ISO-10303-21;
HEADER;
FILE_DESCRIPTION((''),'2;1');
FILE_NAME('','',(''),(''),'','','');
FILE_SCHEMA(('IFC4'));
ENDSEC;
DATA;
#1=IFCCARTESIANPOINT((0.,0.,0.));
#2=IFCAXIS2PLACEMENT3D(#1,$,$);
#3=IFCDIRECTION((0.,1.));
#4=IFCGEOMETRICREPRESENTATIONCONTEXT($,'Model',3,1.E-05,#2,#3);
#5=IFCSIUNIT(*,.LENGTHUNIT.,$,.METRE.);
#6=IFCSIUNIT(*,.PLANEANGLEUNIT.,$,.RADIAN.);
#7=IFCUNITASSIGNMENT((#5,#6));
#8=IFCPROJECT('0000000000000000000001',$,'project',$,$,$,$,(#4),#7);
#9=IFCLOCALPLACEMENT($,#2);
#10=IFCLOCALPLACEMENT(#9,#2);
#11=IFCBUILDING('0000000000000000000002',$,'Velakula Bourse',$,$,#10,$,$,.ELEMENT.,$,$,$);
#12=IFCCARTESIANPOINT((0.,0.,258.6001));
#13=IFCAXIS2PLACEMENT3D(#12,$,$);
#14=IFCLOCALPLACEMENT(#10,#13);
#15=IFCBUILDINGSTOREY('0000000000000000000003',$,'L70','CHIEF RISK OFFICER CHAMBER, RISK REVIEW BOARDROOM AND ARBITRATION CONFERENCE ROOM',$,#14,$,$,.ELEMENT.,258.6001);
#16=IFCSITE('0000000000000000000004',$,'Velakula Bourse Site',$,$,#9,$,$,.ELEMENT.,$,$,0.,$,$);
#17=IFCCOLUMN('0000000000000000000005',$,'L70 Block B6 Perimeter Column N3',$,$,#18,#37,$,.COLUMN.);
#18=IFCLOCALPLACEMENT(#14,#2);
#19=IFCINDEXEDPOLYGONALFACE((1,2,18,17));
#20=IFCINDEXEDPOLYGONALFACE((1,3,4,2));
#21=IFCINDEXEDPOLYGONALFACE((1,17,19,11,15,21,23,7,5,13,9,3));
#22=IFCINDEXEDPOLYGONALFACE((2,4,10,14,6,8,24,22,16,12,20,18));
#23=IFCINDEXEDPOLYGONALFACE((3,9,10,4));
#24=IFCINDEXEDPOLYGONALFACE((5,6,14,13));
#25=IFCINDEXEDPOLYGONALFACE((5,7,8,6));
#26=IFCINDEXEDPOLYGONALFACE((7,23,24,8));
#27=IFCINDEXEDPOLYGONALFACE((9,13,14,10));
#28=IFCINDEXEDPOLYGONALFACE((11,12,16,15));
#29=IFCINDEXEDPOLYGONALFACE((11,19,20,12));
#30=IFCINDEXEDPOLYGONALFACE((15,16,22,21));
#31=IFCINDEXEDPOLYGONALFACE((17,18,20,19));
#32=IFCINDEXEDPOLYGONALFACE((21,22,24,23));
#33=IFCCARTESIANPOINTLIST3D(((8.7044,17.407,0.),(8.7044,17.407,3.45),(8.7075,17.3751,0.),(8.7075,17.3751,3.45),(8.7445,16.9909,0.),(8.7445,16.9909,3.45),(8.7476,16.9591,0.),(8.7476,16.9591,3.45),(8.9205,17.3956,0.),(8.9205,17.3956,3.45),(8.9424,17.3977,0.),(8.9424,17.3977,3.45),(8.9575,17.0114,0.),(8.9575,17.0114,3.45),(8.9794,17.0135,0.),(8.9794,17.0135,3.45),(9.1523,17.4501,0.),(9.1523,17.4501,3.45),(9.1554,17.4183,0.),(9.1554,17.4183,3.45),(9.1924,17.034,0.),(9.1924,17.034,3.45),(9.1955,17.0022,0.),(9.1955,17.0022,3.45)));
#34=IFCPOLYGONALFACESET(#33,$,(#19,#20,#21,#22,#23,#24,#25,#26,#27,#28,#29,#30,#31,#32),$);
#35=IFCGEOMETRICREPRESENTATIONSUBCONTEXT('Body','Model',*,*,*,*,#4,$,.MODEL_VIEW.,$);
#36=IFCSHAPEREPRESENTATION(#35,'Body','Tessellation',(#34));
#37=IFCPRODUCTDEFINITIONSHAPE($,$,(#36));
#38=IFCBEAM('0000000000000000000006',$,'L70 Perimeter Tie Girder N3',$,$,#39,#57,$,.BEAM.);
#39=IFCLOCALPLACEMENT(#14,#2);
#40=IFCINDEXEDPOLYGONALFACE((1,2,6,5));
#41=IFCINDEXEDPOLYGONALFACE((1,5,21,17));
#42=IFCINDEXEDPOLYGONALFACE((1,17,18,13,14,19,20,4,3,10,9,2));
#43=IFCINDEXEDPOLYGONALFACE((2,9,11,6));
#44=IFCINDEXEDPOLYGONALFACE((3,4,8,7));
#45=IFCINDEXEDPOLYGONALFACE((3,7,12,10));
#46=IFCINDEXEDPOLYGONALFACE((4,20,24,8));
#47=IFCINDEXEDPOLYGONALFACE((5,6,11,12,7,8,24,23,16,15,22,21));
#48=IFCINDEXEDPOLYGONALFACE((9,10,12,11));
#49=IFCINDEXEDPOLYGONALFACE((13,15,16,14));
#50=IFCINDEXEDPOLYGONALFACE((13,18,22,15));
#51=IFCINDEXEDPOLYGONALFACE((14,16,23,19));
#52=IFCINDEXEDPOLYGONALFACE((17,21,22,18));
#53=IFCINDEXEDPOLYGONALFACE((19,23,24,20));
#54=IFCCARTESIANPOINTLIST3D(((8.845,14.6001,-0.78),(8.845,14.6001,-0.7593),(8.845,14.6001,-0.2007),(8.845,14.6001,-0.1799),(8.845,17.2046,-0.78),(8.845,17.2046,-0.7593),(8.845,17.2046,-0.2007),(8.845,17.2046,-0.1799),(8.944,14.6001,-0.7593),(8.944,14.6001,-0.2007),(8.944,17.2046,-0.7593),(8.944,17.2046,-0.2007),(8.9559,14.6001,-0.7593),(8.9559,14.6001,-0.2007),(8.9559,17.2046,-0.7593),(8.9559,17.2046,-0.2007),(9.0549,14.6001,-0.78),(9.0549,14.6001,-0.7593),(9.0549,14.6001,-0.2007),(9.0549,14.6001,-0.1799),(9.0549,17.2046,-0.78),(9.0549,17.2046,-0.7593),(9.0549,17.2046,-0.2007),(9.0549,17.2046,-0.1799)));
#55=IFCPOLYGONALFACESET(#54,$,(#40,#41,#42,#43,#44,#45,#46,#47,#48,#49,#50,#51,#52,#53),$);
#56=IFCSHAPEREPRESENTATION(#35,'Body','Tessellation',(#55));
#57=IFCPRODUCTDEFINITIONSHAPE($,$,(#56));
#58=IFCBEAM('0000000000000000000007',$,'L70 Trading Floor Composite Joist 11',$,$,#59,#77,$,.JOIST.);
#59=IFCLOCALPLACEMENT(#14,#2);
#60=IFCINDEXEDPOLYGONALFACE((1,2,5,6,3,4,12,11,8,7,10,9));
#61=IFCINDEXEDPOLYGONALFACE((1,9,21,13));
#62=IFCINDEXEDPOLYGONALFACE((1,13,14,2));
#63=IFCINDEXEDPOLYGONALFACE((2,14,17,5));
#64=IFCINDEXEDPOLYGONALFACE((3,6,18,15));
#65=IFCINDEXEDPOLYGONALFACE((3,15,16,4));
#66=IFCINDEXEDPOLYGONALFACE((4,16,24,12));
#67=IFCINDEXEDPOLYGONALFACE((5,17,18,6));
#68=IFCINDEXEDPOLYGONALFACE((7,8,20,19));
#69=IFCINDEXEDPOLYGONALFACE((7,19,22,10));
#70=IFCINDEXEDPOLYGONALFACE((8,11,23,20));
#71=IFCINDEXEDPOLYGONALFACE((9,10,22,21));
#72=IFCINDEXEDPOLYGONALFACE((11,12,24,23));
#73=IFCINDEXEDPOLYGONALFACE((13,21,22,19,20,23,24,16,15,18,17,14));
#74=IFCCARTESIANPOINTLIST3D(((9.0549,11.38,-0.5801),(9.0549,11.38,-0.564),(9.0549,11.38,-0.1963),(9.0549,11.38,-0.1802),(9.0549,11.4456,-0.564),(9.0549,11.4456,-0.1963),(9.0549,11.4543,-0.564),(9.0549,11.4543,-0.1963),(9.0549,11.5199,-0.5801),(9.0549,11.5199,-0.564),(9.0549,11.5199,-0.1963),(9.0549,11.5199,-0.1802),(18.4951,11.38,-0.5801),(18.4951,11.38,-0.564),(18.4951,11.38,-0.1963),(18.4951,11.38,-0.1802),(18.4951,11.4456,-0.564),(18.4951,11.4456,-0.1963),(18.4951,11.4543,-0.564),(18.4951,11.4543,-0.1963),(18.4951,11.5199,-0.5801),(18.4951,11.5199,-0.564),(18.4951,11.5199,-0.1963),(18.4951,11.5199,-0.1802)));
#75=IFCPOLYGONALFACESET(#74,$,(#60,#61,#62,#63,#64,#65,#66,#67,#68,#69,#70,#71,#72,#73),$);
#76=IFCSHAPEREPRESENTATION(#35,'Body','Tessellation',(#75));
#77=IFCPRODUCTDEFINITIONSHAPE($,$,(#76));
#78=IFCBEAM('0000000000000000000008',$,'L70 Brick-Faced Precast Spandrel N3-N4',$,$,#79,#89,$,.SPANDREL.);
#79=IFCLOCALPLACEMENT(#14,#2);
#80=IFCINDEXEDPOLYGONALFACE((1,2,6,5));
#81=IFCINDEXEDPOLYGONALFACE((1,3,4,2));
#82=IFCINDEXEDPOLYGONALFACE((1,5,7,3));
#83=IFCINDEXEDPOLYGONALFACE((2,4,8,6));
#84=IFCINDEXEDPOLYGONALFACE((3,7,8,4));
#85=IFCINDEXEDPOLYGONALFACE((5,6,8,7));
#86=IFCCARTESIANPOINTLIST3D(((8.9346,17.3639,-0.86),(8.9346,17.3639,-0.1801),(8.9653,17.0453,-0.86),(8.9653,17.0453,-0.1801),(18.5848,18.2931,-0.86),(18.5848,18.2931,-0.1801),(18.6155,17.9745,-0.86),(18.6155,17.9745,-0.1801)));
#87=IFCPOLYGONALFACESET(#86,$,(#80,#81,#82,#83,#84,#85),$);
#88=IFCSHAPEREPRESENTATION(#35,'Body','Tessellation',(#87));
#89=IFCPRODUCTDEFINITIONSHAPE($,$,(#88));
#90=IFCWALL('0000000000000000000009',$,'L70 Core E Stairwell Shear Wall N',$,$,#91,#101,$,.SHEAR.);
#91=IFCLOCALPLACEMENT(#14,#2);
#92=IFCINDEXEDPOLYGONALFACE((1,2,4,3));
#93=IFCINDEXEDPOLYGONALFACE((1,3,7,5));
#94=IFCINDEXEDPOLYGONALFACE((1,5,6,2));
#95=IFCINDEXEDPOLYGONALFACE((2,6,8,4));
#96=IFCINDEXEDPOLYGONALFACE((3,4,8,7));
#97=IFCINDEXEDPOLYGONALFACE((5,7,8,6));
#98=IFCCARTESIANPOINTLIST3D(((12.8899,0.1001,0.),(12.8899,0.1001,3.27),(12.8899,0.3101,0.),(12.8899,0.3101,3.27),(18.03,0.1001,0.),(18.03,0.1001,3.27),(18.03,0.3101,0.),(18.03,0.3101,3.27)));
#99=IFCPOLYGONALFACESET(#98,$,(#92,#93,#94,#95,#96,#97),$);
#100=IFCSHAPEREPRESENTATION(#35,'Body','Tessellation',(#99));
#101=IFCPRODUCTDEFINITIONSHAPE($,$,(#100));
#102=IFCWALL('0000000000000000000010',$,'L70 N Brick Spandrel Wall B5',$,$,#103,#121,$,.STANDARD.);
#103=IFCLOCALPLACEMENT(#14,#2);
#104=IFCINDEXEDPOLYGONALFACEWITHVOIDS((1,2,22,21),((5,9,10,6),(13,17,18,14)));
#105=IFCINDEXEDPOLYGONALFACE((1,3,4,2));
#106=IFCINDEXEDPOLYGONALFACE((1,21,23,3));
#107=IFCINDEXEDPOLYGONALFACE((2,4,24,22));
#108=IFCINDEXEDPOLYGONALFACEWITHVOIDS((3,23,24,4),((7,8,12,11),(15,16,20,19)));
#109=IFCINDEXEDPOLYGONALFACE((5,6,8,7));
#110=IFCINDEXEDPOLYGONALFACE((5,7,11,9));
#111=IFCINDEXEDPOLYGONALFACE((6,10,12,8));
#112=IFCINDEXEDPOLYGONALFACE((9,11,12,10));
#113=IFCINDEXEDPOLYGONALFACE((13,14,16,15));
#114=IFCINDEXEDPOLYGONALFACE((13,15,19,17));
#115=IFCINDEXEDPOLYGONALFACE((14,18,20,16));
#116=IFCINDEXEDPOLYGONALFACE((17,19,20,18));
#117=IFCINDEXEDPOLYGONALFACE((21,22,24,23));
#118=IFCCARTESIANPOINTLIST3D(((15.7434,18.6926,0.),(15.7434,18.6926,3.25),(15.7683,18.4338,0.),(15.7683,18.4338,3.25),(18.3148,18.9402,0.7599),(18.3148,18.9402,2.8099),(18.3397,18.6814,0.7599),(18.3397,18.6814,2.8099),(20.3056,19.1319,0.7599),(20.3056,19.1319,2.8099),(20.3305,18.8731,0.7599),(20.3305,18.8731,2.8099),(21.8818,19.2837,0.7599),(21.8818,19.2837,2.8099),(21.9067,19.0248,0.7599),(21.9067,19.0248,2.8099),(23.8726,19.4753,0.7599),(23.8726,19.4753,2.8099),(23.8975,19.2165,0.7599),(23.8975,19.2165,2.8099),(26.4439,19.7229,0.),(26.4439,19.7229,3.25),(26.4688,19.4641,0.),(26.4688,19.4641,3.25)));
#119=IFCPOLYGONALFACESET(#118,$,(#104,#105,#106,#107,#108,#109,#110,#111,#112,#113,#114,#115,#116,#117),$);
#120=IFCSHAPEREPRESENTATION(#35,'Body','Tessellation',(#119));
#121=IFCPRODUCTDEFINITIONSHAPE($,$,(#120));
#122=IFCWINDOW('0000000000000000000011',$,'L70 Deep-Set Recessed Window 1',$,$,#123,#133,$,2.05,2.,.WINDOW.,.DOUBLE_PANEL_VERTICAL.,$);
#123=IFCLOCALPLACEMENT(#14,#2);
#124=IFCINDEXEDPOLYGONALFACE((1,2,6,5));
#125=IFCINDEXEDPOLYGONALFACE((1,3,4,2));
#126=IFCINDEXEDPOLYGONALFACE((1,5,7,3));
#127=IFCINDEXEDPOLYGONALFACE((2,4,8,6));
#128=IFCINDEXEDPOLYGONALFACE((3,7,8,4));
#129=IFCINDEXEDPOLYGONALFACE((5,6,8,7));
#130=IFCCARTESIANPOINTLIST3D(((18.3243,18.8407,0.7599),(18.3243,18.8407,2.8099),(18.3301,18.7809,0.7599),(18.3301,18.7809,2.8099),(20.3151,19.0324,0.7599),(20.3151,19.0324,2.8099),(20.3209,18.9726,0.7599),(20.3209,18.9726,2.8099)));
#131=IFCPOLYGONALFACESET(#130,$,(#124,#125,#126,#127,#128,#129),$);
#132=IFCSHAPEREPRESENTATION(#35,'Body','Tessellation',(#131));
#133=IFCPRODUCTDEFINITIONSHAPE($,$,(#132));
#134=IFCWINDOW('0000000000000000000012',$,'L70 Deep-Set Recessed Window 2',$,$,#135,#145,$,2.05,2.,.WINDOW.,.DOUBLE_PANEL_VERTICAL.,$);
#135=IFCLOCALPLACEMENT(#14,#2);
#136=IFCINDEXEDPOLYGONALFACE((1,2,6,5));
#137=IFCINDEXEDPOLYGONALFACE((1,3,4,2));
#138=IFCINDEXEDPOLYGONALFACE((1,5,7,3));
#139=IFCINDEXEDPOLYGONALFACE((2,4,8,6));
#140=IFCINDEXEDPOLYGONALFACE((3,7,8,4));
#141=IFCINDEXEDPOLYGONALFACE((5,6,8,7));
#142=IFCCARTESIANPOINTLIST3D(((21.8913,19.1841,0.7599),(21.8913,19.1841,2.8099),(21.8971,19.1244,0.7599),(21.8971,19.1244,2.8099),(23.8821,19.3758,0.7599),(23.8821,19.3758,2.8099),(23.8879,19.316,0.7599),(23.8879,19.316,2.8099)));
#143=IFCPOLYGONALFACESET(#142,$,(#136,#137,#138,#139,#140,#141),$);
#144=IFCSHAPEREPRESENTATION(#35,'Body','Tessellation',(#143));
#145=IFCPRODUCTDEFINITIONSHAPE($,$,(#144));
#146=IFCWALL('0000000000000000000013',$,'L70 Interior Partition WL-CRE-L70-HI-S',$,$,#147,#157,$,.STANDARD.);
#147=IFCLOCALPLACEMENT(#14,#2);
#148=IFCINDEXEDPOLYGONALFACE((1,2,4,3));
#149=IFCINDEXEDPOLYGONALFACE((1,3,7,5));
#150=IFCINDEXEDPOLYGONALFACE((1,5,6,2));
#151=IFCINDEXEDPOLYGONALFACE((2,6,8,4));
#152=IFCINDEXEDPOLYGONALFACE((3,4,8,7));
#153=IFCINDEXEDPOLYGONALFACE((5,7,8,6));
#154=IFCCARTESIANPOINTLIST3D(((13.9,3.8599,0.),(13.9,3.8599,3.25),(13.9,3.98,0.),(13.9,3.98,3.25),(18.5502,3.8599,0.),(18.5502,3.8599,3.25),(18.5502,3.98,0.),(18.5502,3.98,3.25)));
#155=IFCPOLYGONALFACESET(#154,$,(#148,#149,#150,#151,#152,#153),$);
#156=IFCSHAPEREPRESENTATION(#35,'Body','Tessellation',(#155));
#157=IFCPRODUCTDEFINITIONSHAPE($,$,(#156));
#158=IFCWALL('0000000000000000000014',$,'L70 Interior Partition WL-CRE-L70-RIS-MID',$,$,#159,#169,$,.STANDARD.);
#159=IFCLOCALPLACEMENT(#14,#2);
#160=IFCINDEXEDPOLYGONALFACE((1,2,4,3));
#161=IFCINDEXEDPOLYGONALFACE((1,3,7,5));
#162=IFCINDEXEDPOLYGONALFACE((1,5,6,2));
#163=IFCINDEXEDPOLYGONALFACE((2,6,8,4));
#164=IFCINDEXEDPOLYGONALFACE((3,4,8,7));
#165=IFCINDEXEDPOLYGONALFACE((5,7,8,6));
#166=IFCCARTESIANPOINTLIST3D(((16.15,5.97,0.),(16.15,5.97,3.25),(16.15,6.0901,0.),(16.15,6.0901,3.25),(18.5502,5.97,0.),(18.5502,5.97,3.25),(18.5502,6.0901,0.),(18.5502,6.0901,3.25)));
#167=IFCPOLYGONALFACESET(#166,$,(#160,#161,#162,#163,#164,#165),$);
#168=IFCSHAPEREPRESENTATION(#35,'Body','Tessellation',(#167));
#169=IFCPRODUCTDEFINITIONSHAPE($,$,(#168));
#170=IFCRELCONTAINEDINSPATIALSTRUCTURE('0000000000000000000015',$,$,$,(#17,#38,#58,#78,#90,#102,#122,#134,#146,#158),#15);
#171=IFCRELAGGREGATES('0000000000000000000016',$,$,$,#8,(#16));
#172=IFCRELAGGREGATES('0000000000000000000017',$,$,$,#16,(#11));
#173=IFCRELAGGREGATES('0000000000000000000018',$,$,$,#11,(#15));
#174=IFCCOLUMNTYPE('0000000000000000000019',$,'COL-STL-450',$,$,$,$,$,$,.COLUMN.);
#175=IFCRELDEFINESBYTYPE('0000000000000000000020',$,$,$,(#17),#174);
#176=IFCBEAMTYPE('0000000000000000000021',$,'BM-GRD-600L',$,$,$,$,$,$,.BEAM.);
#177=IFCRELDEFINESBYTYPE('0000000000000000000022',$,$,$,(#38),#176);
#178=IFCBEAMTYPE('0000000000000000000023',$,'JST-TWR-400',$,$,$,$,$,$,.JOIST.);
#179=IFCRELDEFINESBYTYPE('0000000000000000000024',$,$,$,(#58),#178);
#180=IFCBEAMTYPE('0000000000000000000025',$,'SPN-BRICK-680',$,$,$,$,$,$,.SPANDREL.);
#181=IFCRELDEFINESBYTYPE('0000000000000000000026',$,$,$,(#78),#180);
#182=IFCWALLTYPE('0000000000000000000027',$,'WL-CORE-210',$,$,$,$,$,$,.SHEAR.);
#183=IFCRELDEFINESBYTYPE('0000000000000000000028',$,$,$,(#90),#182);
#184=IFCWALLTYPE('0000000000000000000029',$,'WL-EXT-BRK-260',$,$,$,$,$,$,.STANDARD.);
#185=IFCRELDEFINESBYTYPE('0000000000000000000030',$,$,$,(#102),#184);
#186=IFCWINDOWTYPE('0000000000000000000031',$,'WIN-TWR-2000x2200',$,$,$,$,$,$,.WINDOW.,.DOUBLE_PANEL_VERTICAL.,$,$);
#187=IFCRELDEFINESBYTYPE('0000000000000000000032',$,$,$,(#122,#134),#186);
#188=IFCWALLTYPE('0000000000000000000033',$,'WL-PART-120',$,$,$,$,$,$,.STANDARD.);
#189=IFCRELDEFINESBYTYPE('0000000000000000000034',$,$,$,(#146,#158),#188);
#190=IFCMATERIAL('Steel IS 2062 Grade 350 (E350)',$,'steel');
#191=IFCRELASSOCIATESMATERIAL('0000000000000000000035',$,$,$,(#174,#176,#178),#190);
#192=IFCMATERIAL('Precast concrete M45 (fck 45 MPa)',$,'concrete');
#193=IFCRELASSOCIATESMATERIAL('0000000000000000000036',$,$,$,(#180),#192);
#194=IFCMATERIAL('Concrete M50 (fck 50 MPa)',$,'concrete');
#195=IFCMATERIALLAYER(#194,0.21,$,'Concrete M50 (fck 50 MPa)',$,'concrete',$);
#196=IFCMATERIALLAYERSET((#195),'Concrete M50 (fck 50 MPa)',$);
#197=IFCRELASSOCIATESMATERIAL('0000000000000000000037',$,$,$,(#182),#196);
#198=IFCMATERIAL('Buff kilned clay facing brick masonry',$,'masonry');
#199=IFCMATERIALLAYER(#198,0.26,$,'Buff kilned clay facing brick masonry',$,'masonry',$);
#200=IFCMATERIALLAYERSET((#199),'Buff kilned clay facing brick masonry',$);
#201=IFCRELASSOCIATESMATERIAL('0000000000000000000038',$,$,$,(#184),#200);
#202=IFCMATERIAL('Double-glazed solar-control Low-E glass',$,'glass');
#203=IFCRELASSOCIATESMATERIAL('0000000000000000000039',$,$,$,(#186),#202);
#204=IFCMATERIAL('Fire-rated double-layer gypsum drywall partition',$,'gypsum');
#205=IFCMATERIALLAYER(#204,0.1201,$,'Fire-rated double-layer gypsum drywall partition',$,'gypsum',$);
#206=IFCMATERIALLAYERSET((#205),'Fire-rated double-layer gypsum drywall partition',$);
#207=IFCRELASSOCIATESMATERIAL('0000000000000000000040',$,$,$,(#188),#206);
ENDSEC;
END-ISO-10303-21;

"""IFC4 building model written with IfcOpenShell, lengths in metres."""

from ifc_helpers import new_model, si_unit, direction, frame, frame_2d, origin, origin_2d, place, context, subcontext, project, spatial, rectangle, i_section, extrude, material, layer, layer_set, material_profile, profile_set, type_object, element, fill, save


model = new_model("IFC4")

# Units and contexts
model_context = context("Model", 3, precision=1e-05, world=origin(), true_north=direction((0.0, 1.0)))
body_context = subcontext(model_context, "Body", "Model", "MODEL_VIEW")
ifc_project = project(units=[si_unit("LENGTHUNIT", "METRE"), si_unit("PLANEANGLEUNIT", "RADIAN")], contexts=[model_context])

# Site, building, storey
site_placement = place(None, origin())
site = spatial("IfcSite", under=ifc_project, at=site_placement, Name="Velakula Bourse Site", CompositionType="ELEMENT", RefElevation=0.0)
building_placement = place(site_placement, origin())
building = spatial("IfcBuilding", under=site, at=building_placement, Name="Velakula Bourse", CompositionType="ELEMENT")
storey_placement = place(building_placement, frame((0.0, 0.0, 258.6001)))
storey = spatial("IfcBuildingStorey", under=building, at=storey_placement, Name="L70", Description="CHIEF RISK OFFICER CHAMBER, RISK REVIEW BOARDROOM AND ARBITRATION CONFERENCE ROOM", CompositionType="ELEMENT", Elevation=258.6001)

# Column
ifc_material_1 = material(Name="Steel IS 2062 Grade 350 (E350)", Category="steel")
ifc_material_profile_1 = material_profile(ifc_material_1, i_section(OverallWidth=0.45, OverallDepth=0.45, WebThickness=0.022, FlangeThickness=0.032, at=origin_2d()), Name="Steel IS 2062 Grade 350 (E350)")
ifc_profile_set_1 = profile_set([ifc_material_profile_1], Name="Steel IS 2062 Grade 350 (E350)")
column_type = type_object("IfcColumnType", Name="COL-STL-450", PredefinedType="COLUMN", material=ifc_profile_set_1)
column_placement = place(storey_placement, frame((8.95, 17.2046, 0.0), z_axis=(0.0, 0.0, 1.0), x_axis=(0.995396, 0.095846, 0.0)))
element("IfcColumn", 1, at=column_placement, inside=storey, type_object=column_type, Name="L70 Block B6 Perimeter Column N3", PredefinedType="COLUMN", context=body_context, shape_type="SweptSolid", body=[
    extrude(i_section(OverallWidth=0.45, OverallDepth=0.45, WebThickness=0.022, FlangeThickness=0.032, at=origin_2d()), origin(), (0.0, 0.0, 1.0), 3.45),
])

# Beams
ifc_material_profile_2 = material_profile(ifc_material_1, i_section(OverallWidth=0.21, OverallDepth=0.6001, WebThickness=0.012, FlangeThickness=0.0208, at=origin_2d()), Name="Steel IS 2062 Grade 350 (E350)")
ifc_profile_set_2 = profile_set([ifc_material_profile_2], Name="Steel IS 2062 Grade 350 (E350)")
beam_type_1 = type_object("IfcBeamType", Name="BM-GRD-600L", PredefinedType="BEAM", material=ifc_profile_set_2)
beam_1_placement = place(storey_placement, frame((8.95, 14.6001, -0.48), z_axis=(0.0, 1.0, 0.0), x_axis=(-1.0, 0.0, 0.0)))
element("IfcBeam", 2, at=beam_1_placement, inside=storey, type_object=beam_type_1, Name="L70 Perimeter Tie Girder N3", PredefinedType="BEAM", context=body_context, shape_type="SweptSolid", body=[
    extrude(i_section(OverallWidth=0.21, OverallDepth=0.6001, WebThickness=0.012, FlangeThickness=0.0208, at=origin_2d()), origin(), (0.0, 0.0, 1.0), 2.6045),
])
ifc_material_profile_3 = material_profile(ifc_material_1, i_section(OverallWidth=0.1399, OverallDepth=0.3999, WebThickness=0.0088, FlangeThickness=0.0161, at=origin_2d()), Name="Steel IS 2062 Grade 350 (E350)")
ifc_profile_set_3 = profile_set([ifc_material_profile_3], Name="Steel IS 2062 Grade 350 (E350)")
beam_type_2 = type_object("IfcBeamType", Name="JST-TWR-400", PredefinedType="JOIST", material=ifc_profile_set_3)
beam_2_placement = place(storey_placement, frame((9.0549, 11.45, -0.3801), z_axis=(1.0, 0.0, 0.0), x_axis=(0.0, 1.0, 0.0)))
element("IfcBeam", 3, at=beam_2_placement, inside=storey, type_object=beam_type_2, Name="L70 Trading Floor Composite Joist 11", PredefinedType="JOIST", context=body_context, shape_type="SweptSolid", body=[
    extrude(i_section(OverallWidth=0.1399, OverallDepth=0.3999, WebThickness=0.0088, FlangeThickness=0.0161, at=origin_2d()), origin(), (0.0, 0.0, 1.0), 9.4402),
])
ifc_material_2 = material(Name="Precast concrete M45 (fck 45 MPa)", Category="concrete")
ifc_material_profile_4 = material_profile(ifc_material_2, rectangle(XDim=0.3201, YDim=0.6799, at=origin_2d()), Name="Precast concrete M45 (fck 45 MPa)")
ifc_profile_set_4 = profile_set([ifc_material_profile_4], Name="Precast concrete M45 (fck 45 MPa)")
beam_type_3 = type_object("IfcBeamType", Name="SPN-BRICK-680", PredefinedType="SPANDREL", material=ifc_profile_set_4)
beam_3_placement = place(storey_placement, frame((8.95, 17.2046, -0.52), z_axis=(0.995396, 0.095845, 0.0), x_axis=(-0.095845, 0.995396, 0.0)))
element("IfcBeam", 4, at=beam_3_placement, inside=storey, type_object=beam_type_3, Name="L70 Brick-Faced Precast Spandrel N3-N4", PredefinedType="SPANDREL", context=body_context, shape_type="SweptSolid", body=[
    extrude(rectangle(XDim=0.3201, YDim=0.6799, at=origin_2d()), origin(), (0.0, 0.0, 1.0), 9.6948),
])

# Wall
ifc_material_3 = material(Name="Concrete M50 (fck 50 MPa)", Category="concrete")
ifc_layer_1 = layer(ifc_material_3, 0.21, Name="Concrete M50 (fck 50 MPa)", Category="concrete")
ifc_layer_set_1 = layer_set([ifc_layer_1], Name="Concrete M50 (fck 50 MPa)")
wall_type_1 = type_object("IfcWallType", Name="WL-CORE-210", PredefinedType="SHEAR", material=ifc_layer_set_1)
wall_1_placement = place(storey_placement, frame((18.03, 0.2051, 0.0), z_axis=(0.0, 0.0, 1.0), x_axis=(-1.0, 0.0, 0.0)))
element("IfcWall", 5, at=wall_1_placement, inside=storey, type_object=wall_type_1, Name="L70 Core E Stairwell Shear Wall N", PredefinedType="SHEAR", context=body_context, shape_type="SweptSolid", body=[
    extrude(rectangle(XDim=5.1401, YDim=0.21, at=frame_2d((2.5701, 0.0))), origin(), (0.0, 0.0, 1.0), 3.27),
])

# Wall, openings, windows
ifc_material_4 = material(Name="Buff kilned clay facing brick masonry", Category="masonry")
ifc_layer_2 = layer(ifc_material_4, 0.26, Name="Buff kilned clay facing brick masonry", Category="masonry")
ifc_layer_set_2 = layer_set([ifc_layer_2], Name="Buff kilned clay facing brick masonry")
wall_type_2 = type_object("IfcWallType", Name="WL-EXT-BRK-260", PredefinedType="STANDARD", material=ifc_layer_set_2)
wall_2_placement = place(storey_placement, frame((15.7559, 18.5632, 0.0), z_axis=(0.0, 0.0, 1.0), x_axis=(0.995397, 0.09584, 0.0)))
wall_2 = element("IfcWall", 6, at=wall_2_placement, inside=storey, type_object=wall_type_2, Name="L70 N Brick Spandrel Wall B5", PredefinedType="STANDARD", context=body_context, shape_type="SweptSolid", body=[
    extrude(rectangle(XDim=10.75, YDim=0.26, at=frame_2d((5.375, 0.0))), origin(), (0.0, 0.0, 1.0), 3.25),
])
opening_1_placement = place(wall_2_placement, frame((2.5833, 0.0, 0.76)))
opening_1 = element("IfcOpeningElement", 7, at=opening_1_placement, cuts=wall_2, PredefinedType="OPENING", context=body_context, shape_type="SweptSolid", body=[
    extrude(rectangle(XDim=2.0, YDim=2.05, at=frame_2d((1.0, 1.0249))), frame((0.0, 0.1399, 0.0), z_axis=(0.0, -1.0, 0.0), x_axis=(1.0, 0.0, 0.0)), (0.0, 0.0, 1.0), 0.28),
])
opening_2_placement = place(wall_2_placement, frame((6.1667, 0.0, 0.76)))
opening_2 = element("IfcOpeningElement", 8, at=opening_2_placement, cuts=wall_2, PredefinedType="OPENING", context=body_context, shape_type="SweptSolid", body=[
    extrude(rectangle(XDim=2.0, YDim=2.05, at=frame_2d((1.0, 1.0249))), frame((0.0, 0.1399, 0.0), z_axis=(0.0, -1.0, 0.0), x_axis=(1.0, 0.0, 0.0)), (0.0, 0.0, 1.0), 0.28),
])
ifc_material_5 = material(Name="Double-glazed solar-control Low-E glass", Category="glass")
window_type = type_object("IfcWindowType", Name="WIN-TWR-2000x2200", PartitioningType="DOUBLE_PANEL_VERTICAL", PredefinedType="WINDOW", material=ifc_material_5)
window_1_placement = place(opening_1_placement, origin())
window_1 = element("IfcWindow", 9, at=window_1_placement, inside=storey, type_object=window_type, Name="L70 Deep-Set Recessed Window 1", OverallHeight=2.05, OverallWidth=2.0, PartitioningType="DOUBLE_PANEL_VERTICAL", PredefinedType="WINDOW", context=body_context, shape_type="SweptSolid", body=[
    extrude(rectangle(XDim=2.0, YDim=2.05, at=frame_2d((1.0, 1.0249))), frame((0.0, 0.03, 0.0), z_axis=(0.0, -1.0, 0.0), x_axis=(1.0, 0.0, 0.0)), (0.0, 0.0, 1.0), 0.0601),
])
fill(opening_1, window_1)
window_2_placement = place(opening_2_placement, origin())
window_2 = element("IfcWindow", 10, at=window_2_placement, inside=storey, type_object=window_type, Name="L70 Deep-Set Recessed Window 2", OverallHeight=2.05, OverallWidth=2.0, PartitioningType="DOUBLE_PANEL_VERTICAL", PredefinedType="WINDOW", context=body_context, shape_type="SweptSolid", body=[
    extrude(rectangle(XDim=2.0, YDim=2.05, at=frame_2d((1.0, 1.0249))), frame((0.0, 0.03, 0.0), z_axis=(0.0, -1.0, 0.0), x_axis=(1.0, 0.0, 0.0)), (0.0, 0.0, 1.0), 0.0601),
])
fill(opening_2, window_2)

# Walls
ifc_material_6 = material(Name="Fire-rated double-layer gypsum drywall partition", Category="gypsum")
ifc_layer_3 = layer(ifc_material_6, 0.1201, Name="Fire-rated double-layer gypsum drywall partition", Category="gypsum")
ifc_layer_set_3 = layer_set([ifc_layer_3], Name="Fire-rated double-layer gypsum drywall partition")
wall_type_3 = type_object("IfcWallType", Name="WL-PART-120", PredefinedType="STANDARD", material=ifc_layer_set_3)
wall_3_placement = place(storey_placement, frame((13.8999, 3.9199, 0.0), z_axis=(0.0, 0.0, 1.0), x_axis=(1.0, 0.0, 0.0)))
element("IfcWall", 11, at=wall_3_placement, inside=storey, type_object=wall_type_3, Name="L70 Interior Partition WL-CRE-L70-HI-S", PredefinedType="STANDARD", context=body_context, shape_type="SweptSolid", body=[
    extrude(rectangle(XDim=4.6501, YDim=0.1201, at=frame_2d((2.3252, 0.0))), origin(), (0.0, 0.0, 1.0), 3.25),
])
wall_4_placement = place(storey_placement, frame((16.1499, 6.03, 0.0), z_axis=(0.0, 0.0, 1.0), x_axis=(1.0, 0.0, 0.0)))
element("IfcWall", 12, at=wall_4_placement, inside=storey, type_object=wall_type_3, Name="L70 Interior Partition WL-CRE-L70-RIS-MID", PredefinedType="STANDARD", context=body_context, shape_type="SweptSolid", body=[
    extrude(rectangle(XDim=2.4001, YDim=0.1201, at=frame_2d((1.2002, 0.0))), origin(), (0.0, 0.0, 1.0), 3.25),
])

save(model, "model.ifc")
